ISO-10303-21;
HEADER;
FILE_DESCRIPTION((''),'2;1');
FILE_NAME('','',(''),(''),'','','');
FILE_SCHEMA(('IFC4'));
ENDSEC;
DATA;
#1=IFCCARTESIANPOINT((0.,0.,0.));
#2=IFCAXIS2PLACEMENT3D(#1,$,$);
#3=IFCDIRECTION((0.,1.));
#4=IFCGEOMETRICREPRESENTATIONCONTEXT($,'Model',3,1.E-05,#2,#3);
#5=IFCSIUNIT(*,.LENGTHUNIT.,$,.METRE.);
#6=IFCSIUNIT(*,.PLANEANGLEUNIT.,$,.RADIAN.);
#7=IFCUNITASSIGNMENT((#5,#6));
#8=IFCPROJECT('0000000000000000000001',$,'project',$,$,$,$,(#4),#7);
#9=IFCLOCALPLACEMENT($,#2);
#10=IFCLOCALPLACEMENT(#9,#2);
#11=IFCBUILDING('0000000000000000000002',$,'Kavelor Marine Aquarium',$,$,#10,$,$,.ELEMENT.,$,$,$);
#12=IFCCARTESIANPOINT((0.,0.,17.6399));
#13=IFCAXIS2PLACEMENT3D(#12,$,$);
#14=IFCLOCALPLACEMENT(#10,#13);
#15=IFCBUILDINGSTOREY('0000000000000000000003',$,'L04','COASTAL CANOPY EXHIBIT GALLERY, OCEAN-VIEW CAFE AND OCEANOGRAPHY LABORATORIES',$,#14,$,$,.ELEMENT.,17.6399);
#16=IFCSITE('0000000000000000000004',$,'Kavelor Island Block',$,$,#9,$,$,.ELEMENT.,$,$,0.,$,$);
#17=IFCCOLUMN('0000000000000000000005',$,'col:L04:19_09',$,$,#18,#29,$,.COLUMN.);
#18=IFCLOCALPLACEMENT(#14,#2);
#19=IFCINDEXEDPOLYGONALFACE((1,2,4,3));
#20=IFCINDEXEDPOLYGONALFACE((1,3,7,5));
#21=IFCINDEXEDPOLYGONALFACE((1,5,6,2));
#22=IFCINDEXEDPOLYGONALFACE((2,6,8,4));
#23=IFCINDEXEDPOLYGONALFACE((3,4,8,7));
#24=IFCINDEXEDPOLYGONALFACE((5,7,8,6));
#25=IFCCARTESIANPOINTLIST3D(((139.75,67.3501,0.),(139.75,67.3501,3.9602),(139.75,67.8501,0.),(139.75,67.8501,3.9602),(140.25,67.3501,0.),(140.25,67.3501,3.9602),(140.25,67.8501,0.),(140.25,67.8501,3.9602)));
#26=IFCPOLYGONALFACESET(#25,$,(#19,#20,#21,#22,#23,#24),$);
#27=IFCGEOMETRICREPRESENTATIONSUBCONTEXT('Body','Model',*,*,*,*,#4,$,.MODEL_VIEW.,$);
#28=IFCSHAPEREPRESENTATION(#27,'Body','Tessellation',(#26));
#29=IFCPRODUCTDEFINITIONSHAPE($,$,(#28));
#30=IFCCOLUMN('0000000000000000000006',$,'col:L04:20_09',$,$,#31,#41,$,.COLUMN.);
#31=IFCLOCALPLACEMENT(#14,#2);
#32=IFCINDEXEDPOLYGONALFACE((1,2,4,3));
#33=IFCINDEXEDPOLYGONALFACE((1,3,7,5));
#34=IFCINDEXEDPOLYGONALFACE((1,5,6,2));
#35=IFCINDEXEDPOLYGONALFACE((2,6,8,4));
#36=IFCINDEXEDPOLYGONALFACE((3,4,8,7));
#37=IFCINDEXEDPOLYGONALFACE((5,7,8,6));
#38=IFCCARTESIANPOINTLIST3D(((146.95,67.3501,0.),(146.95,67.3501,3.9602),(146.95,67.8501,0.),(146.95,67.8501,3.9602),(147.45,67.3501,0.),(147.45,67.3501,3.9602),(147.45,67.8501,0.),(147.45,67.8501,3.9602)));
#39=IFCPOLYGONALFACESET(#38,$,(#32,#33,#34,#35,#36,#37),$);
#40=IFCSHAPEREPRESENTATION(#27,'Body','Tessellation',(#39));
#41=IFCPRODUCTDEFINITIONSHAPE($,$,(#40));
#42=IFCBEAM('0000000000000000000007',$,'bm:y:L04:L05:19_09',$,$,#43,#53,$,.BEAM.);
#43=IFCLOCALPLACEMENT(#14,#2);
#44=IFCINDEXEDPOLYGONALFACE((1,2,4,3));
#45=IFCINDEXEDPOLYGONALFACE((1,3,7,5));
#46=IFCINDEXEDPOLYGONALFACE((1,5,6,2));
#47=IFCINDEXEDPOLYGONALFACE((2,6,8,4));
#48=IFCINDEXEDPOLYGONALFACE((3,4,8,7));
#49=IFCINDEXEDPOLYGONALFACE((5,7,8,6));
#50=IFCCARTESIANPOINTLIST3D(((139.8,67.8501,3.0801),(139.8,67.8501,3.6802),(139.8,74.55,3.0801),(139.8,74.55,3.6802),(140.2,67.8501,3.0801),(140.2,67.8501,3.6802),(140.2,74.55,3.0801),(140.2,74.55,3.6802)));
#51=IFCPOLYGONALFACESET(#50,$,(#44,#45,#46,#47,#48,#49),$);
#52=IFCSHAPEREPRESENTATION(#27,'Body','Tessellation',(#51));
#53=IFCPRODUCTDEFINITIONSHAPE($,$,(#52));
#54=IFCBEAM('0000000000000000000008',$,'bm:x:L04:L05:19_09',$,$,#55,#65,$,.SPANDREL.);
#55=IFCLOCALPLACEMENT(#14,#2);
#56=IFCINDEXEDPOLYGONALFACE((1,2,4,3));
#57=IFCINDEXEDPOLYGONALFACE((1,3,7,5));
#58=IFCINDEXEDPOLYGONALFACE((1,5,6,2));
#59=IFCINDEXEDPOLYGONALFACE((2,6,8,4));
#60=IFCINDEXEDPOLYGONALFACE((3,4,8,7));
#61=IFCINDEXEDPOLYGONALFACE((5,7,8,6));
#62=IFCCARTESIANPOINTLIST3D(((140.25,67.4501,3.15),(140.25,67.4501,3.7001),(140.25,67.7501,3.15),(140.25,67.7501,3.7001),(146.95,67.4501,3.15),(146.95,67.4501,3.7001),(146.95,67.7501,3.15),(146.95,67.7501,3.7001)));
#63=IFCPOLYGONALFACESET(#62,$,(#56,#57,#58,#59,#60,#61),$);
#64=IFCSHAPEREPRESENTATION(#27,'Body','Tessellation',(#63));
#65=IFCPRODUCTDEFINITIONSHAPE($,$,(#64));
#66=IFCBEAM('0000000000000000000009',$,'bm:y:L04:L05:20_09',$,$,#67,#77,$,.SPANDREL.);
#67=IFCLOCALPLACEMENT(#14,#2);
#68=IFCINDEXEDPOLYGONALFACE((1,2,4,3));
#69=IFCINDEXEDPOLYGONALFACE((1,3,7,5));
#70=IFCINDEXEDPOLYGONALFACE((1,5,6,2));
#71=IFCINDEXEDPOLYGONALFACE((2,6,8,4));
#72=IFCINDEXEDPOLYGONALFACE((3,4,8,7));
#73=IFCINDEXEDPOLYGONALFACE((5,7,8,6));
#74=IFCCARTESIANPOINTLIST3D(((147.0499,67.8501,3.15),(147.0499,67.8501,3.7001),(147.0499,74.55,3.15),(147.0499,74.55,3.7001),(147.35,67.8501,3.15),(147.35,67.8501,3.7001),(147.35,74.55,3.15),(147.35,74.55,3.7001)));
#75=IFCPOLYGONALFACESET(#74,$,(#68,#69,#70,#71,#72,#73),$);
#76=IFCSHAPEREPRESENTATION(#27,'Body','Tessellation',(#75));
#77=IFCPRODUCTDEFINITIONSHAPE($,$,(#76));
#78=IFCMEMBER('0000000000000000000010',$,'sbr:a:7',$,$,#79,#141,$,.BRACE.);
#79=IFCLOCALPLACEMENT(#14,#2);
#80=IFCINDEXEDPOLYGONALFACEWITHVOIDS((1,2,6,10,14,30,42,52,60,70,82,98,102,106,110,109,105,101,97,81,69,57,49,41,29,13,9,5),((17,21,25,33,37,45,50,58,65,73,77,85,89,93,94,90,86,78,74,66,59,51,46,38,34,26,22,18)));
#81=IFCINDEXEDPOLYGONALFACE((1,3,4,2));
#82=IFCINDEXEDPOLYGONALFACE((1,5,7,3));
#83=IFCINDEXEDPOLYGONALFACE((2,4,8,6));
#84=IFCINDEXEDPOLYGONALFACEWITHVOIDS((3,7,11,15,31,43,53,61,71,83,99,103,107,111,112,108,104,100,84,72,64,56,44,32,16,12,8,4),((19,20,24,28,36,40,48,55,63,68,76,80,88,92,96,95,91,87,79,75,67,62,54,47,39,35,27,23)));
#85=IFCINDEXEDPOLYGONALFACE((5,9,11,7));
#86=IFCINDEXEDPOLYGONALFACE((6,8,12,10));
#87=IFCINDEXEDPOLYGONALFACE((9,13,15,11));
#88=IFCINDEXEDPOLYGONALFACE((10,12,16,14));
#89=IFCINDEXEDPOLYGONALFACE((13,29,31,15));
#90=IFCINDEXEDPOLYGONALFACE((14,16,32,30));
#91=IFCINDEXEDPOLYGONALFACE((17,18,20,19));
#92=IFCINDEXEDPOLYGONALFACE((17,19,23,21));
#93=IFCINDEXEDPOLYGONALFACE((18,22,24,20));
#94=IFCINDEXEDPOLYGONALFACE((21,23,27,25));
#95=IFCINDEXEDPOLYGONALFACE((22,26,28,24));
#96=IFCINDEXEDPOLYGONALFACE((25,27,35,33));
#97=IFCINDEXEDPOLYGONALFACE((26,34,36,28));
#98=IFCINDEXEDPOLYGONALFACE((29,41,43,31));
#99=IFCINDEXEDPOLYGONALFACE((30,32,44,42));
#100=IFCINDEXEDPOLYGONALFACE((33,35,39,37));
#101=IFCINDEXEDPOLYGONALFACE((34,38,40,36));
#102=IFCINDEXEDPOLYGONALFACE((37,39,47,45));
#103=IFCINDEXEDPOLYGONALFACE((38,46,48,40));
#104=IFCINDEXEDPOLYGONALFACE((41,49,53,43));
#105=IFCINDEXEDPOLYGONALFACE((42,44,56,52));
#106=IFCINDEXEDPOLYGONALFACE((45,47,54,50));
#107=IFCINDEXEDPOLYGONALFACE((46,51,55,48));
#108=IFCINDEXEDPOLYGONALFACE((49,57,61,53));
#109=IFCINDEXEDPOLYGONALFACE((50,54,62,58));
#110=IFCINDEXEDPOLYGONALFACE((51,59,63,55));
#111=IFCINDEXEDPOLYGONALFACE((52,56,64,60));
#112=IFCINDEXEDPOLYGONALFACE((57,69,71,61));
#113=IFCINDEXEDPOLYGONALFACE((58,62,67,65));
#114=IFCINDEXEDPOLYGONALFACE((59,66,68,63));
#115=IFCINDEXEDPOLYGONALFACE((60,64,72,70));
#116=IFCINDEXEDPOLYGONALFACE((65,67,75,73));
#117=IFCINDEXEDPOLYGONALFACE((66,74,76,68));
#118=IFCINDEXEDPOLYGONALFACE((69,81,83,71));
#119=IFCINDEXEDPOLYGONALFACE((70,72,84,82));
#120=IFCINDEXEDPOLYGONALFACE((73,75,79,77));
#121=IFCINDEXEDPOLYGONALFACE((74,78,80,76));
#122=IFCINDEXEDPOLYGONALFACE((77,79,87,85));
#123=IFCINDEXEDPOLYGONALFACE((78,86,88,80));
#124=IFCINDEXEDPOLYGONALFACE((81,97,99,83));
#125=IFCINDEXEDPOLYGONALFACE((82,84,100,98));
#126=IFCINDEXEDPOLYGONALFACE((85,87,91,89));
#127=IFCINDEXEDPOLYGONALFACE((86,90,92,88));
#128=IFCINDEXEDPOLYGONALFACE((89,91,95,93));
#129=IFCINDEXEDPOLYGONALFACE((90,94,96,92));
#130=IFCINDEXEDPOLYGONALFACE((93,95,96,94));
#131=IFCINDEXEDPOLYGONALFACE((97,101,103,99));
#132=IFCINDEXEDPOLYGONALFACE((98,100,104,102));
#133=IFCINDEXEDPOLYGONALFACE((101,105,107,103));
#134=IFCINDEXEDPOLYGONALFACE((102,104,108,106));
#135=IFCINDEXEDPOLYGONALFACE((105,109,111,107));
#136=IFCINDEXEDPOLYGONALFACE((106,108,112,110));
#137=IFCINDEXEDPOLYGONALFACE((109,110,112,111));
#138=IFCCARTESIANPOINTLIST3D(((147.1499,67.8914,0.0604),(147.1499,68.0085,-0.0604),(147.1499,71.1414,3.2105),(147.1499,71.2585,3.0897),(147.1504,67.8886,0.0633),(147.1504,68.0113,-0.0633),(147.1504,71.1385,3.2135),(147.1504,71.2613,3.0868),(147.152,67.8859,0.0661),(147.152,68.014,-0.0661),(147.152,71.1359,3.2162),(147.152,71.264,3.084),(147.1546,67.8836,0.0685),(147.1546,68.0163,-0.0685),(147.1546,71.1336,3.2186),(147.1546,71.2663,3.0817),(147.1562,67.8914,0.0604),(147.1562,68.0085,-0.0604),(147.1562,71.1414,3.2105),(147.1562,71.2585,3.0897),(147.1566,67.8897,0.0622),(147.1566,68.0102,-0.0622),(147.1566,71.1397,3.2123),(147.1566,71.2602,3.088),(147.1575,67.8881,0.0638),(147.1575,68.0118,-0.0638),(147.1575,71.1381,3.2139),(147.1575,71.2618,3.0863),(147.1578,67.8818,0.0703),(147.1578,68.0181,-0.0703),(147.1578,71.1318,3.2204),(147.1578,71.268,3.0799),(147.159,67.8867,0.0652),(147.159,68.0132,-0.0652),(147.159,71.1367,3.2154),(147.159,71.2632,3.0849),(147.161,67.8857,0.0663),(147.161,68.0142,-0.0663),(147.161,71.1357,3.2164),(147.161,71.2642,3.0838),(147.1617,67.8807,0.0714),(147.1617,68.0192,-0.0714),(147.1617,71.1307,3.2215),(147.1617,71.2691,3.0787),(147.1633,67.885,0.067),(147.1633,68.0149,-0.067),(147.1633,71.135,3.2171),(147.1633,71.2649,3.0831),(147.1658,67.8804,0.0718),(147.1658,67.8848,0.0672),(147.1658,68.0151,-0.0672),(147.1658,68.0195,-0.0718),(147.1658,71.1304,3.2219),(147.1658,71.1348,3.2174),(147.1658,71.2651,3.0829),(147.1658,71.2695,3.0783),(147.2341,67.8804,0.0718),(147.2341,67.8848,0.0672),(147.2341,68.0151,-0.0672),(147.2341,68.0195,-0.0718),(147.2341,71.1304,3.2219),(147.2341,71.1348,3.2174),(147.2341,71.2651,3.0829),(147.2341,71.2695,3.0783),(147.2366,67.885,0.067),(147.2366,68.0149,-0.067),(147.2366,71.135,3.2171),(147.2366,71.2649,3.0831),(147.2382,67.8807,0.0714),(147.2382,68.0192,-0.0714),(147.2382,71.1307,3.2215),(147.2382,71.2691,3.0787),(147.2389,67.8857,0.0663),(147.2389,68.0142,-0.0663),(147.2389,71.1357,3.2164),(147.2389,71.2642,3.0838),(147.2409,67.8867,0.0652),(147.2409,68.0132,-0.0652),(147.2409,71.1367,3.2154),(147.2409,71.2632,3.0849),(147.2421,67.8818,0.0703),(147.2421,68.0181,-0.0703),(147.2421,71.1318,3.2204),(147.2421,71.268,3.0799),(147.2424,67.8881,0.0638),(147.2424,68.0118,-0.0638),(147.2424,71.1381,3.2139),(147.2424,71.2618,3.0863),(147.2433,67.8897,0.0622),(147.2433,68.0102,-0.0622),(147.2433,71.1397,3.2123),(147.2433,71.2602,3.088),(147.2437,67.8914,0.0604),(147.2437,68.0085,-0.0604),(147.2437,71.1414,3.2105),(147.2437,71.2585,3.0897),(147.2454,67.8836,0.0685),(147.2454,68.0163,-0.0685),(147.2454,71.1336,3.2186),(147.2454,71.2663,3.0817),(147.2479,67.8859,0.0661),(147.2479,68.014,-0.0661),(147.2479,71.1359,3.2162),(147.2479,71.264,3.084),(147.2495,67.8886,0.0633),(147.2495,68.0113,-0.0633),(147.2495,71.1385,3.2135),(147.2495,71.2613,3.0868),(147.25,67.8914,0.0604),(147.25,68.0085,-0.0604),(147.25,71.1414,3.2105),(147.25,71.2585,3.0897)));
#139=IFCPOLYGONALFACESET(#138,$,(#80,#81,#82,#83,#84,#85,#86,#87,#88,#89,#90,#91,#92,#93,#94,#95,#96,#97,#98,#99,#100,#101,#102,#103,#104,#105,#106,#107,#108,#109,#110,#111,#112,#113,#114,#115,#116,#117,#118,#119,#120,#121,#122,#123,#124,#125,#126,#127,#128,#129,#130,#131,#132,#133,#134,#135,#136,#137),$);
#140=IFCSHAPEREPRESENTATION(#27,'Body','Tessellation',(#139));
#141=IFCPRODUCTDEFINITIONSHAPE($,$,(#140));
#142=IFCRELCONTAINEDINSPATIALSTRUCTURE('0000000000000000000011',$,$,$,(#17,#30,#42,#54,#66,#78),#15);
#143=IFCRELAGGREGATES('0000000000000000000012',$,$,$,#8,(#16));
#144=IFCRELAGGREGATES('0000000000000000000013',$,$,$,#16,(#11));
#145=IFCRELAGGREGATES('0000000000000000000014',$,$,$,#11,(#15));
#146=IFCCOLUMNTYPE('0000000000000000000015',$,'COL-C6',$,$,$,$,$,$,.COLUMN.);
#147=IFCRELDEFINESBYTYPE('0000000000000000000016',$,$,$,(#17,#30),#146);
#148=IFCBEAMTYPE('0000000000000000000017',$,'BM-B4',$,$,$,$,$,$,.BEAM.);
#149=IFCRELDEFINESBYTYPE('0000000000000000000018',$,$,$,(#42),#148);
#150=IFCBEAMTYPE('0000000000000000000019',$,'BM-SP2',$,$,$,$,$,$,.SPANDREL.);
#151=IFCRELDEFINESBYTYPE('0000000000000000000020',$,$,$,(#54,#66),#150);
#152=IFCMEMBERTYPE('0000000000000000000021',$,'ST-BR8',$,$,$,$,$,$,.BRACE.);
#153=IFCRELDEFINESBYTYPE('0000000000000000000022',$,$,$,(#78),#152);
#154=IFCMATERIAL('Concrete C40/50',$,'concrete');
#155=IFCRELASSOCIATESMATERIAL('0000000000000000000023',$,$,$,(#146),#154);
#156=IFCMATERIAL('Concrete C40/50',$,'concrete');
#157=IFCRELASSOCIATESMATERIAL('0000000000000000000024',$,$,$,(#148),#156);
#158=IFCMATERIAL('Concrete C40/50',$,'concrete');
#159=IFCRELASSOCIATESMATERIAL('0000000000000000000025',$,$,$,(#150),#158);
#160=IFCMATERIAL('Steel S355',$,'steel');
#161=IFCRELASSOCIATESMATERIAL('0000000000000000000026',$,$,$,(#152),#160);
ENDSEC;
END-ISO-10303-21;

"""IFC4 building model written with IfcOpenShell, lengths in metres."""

from ifc_helpers import new_model, si_unit, direction, frame, origin, origin_2d, place, context, subcontext, project, spatial, rectangle, hollow_rectangle, extrude, material, material_profile, profile_set, type_object, element, save


model = new_model("IFC4")

# Units and contexts
model_context = context("Model", 3, precision=1e-05, world=origin(), true_north=direction((0.0, 1.0)))
body_context = subcontext(model_context, "Body", "Model", "MODEL_VIEW")
ifc_project = project(units=[si_unit("LENGTHUNIT", "METRE"), si_unit("PLANEANGLEUNIT", "RADIAN")], contexts=[model_context])

# Site, building, storey
site_placement = place(None, origin())
site = spatial("IfcSite", under=ifc_project, at=site_placement, Name="Kavelor Island Block", CompositionType="ELEMENT", RefElevation=0.0)
building_placement = place(site_placement, origin())
building = spatial("IfcBuilding", under=site, at=building_placement, Name="Kavelor Marine Aquarium", CompositionType="ELEMENT")
storey_placement = place(building_placement, frame((0.0, 0.0, 17.6399)))
storey = spatial("IfcBuildingStorey", under=building, at=storey_placement, Name="L04", Description="COASTAL CANOPY EXHIBIT GALLERY, OCEAN-VIEW CAFE AND OCEANOGRAPHY LABORATORIES", CompositionType="ELEMENT", Elevation=17.6399)

# Columns
ifc_material_1 = material(Name="Concrete C40/50", Category="concrete")
ifc_material_profile_1 = material_profile(ifc_material_1, rectangle(XDim=0.5, YDim=0.5, at=origin_2d()), Name="RC-COL 500x500")
ifc_profile_set_1 = profile_set([ifc_material_profile_1], Name="Concrete C40/50")
column_type = type_object("IfcColumnType", Name="COL-C6", PredefinedType="COLUMN", material=ifc_profile_set_1)
for number, where, z_axis, x_axis, name in (
    (1, (140.0, 67.6001, 0.0), (0.0, 0.0, 1.0), (1.0, 0.0, 0.0), "col:L04:19_09"),
    (2, (147.2, 67.6001, 0.0), (0.0, 0.0, 1.0), (1.0, 0.0, 0.0), "col:L04:20_09"),
):
    element("IfcColumn", number, at=place(storey_placement, frame(where, z_axis=z_axis, x_axis=x_axis)), inside=storey, type_object=column_type, Name=name, PredefinedType="COLUMN", context=body_context, shape_type="SweptSolid", body=[
        extrude(rectangle(XDim=0.5, YDim=0.5, at=origin_2d()), origin(), (0.0, 0.0, 1.0), 3.9602),
    ])

# Beams
ifc_material_2 = material(Name="Concrete C40/50", Category="concrete")
ifc_material_profile_2 = material_profile(ifc_material_2, rectangle(XDim=0.3999, YDim=0.6001, at=origin_2d()), Name="RC-BM 400x600")
ifc_profile_set_2 = profile_set([ifc_material_profile_2], Name="Concrete C40/50")
beam_type_1 = type_object("IfcBeamType", Name="BM-B4", PredefinedType="BEAM", material=ifc_profile_set_2)
beam_placement = place(storey_placement, frame((140.0, 67.8501, 3.3801), z_axis=(0.0, 1.0, 0.0), x_axis=(-1.0, 0.0, 0.0)))
element("IfcBeam", 3, at=beam_placement, inside=storey, type_object=beam_type_1, Name="bm:y:L04:L05:19_09", PredefinedType="BEAM", context=body_context, shape_type="SweptSolid", body=[
    extrude(rectangle(XDim=0.3999, YDim=0.6001, at=origin_2d()), origin(), (0.0, 0.0, 1.0), 6.7),
])
ifc_material_3 = material(Name="Concrete C40/50", Category="concrete")
ifc_material_profile_3 = material_profile(ifc_material_3, rectangle(XDim=0.3, YDim=0.55, at=origin_2d()), Name="RC-SP 300x550")
ifc_profile_set_3 = profile_set([ifc_material_profile_3], Name="Concrete C40/50")
beam_type_2 = type_object("IfcBeamType", Name="BM-SP2", PredefinedType="SPANDREL", material=ifc_profile_set_3)
for number, where, z_axis, x_axis, name in (
    (4, (140.25, 67.6001, 3.425), (1.0, 0.0, 0.0), (0.0, 1.0, 0.0), "bm:x:L04:L05:19_09"),
    (5, (147.2, 67.8501, 3.425), (0.0, 1.0, 0.0), (-1.0, 0.0, 0.0), "bm:y:L04:L05:20_09"),
):
    element("IfcBeam", number, at=place(storey_placement, frame(where, z_axis=z_axis, x_axis=x_axis)), inside=storey, type_object=beam_type_2, Name=name, PredefinedType="SPANDREL", context=body_context, shape_type="SweptSolid", body=[
        extrude(rectangle(XDim=0.3, YDim=0.55, at=origin_2d()), origin(), (0.0, 0.0, 1.0), 6.7),
    ])

# Member
ifc_material_4 = material(Name="Steel S355", Category="steel")
ifc_material_profile_4 = material_profile(ifc_material_4, hollow_rectangle(XDim=0.1001, YDim=0.2, WallThickness=0.0063, InnerFilletRadius=0.0095, OuterFilletRadius=0.0159, at=origin_2d()), Name="RHS 200x100x6.3")
ifc_profile_set_4 = profile_set([ifc_material_profile_4], Name="Steel S355")
member_type = type_object("IfcMemberType", Name="ST-BR8", PredefinedType="BRACE", material=ifc_profile_set_4)
for number, where, z_axis, x_axis, name in (
    (6, (147.2, 67.95, 0.0), (0.0, 0.718052, 0.69599), (-1.0, 0.0, 0.0), "sbr:a:7"),
):
    element("IfcMember", number, at=place(storey_placement, frame(where, z_axis=z_axis, x_axis=x_axis)), inside=storey, type_object=member_type, Name=name, PredefinedType="BRACE", context=body_context, shape_type="SweptSolid", body=[
        extrude(hollow_rectangle(XDim=0.1001, YDim=0.2, WallThickness=0.0063, InnerFilletRadius=0.0095, OuterFilletRadius=0.0159, at=origin_2d()), origin(), (0.0, 0.0, 1.0), 4.5261),
    ])

save(model, "model.ifc")
